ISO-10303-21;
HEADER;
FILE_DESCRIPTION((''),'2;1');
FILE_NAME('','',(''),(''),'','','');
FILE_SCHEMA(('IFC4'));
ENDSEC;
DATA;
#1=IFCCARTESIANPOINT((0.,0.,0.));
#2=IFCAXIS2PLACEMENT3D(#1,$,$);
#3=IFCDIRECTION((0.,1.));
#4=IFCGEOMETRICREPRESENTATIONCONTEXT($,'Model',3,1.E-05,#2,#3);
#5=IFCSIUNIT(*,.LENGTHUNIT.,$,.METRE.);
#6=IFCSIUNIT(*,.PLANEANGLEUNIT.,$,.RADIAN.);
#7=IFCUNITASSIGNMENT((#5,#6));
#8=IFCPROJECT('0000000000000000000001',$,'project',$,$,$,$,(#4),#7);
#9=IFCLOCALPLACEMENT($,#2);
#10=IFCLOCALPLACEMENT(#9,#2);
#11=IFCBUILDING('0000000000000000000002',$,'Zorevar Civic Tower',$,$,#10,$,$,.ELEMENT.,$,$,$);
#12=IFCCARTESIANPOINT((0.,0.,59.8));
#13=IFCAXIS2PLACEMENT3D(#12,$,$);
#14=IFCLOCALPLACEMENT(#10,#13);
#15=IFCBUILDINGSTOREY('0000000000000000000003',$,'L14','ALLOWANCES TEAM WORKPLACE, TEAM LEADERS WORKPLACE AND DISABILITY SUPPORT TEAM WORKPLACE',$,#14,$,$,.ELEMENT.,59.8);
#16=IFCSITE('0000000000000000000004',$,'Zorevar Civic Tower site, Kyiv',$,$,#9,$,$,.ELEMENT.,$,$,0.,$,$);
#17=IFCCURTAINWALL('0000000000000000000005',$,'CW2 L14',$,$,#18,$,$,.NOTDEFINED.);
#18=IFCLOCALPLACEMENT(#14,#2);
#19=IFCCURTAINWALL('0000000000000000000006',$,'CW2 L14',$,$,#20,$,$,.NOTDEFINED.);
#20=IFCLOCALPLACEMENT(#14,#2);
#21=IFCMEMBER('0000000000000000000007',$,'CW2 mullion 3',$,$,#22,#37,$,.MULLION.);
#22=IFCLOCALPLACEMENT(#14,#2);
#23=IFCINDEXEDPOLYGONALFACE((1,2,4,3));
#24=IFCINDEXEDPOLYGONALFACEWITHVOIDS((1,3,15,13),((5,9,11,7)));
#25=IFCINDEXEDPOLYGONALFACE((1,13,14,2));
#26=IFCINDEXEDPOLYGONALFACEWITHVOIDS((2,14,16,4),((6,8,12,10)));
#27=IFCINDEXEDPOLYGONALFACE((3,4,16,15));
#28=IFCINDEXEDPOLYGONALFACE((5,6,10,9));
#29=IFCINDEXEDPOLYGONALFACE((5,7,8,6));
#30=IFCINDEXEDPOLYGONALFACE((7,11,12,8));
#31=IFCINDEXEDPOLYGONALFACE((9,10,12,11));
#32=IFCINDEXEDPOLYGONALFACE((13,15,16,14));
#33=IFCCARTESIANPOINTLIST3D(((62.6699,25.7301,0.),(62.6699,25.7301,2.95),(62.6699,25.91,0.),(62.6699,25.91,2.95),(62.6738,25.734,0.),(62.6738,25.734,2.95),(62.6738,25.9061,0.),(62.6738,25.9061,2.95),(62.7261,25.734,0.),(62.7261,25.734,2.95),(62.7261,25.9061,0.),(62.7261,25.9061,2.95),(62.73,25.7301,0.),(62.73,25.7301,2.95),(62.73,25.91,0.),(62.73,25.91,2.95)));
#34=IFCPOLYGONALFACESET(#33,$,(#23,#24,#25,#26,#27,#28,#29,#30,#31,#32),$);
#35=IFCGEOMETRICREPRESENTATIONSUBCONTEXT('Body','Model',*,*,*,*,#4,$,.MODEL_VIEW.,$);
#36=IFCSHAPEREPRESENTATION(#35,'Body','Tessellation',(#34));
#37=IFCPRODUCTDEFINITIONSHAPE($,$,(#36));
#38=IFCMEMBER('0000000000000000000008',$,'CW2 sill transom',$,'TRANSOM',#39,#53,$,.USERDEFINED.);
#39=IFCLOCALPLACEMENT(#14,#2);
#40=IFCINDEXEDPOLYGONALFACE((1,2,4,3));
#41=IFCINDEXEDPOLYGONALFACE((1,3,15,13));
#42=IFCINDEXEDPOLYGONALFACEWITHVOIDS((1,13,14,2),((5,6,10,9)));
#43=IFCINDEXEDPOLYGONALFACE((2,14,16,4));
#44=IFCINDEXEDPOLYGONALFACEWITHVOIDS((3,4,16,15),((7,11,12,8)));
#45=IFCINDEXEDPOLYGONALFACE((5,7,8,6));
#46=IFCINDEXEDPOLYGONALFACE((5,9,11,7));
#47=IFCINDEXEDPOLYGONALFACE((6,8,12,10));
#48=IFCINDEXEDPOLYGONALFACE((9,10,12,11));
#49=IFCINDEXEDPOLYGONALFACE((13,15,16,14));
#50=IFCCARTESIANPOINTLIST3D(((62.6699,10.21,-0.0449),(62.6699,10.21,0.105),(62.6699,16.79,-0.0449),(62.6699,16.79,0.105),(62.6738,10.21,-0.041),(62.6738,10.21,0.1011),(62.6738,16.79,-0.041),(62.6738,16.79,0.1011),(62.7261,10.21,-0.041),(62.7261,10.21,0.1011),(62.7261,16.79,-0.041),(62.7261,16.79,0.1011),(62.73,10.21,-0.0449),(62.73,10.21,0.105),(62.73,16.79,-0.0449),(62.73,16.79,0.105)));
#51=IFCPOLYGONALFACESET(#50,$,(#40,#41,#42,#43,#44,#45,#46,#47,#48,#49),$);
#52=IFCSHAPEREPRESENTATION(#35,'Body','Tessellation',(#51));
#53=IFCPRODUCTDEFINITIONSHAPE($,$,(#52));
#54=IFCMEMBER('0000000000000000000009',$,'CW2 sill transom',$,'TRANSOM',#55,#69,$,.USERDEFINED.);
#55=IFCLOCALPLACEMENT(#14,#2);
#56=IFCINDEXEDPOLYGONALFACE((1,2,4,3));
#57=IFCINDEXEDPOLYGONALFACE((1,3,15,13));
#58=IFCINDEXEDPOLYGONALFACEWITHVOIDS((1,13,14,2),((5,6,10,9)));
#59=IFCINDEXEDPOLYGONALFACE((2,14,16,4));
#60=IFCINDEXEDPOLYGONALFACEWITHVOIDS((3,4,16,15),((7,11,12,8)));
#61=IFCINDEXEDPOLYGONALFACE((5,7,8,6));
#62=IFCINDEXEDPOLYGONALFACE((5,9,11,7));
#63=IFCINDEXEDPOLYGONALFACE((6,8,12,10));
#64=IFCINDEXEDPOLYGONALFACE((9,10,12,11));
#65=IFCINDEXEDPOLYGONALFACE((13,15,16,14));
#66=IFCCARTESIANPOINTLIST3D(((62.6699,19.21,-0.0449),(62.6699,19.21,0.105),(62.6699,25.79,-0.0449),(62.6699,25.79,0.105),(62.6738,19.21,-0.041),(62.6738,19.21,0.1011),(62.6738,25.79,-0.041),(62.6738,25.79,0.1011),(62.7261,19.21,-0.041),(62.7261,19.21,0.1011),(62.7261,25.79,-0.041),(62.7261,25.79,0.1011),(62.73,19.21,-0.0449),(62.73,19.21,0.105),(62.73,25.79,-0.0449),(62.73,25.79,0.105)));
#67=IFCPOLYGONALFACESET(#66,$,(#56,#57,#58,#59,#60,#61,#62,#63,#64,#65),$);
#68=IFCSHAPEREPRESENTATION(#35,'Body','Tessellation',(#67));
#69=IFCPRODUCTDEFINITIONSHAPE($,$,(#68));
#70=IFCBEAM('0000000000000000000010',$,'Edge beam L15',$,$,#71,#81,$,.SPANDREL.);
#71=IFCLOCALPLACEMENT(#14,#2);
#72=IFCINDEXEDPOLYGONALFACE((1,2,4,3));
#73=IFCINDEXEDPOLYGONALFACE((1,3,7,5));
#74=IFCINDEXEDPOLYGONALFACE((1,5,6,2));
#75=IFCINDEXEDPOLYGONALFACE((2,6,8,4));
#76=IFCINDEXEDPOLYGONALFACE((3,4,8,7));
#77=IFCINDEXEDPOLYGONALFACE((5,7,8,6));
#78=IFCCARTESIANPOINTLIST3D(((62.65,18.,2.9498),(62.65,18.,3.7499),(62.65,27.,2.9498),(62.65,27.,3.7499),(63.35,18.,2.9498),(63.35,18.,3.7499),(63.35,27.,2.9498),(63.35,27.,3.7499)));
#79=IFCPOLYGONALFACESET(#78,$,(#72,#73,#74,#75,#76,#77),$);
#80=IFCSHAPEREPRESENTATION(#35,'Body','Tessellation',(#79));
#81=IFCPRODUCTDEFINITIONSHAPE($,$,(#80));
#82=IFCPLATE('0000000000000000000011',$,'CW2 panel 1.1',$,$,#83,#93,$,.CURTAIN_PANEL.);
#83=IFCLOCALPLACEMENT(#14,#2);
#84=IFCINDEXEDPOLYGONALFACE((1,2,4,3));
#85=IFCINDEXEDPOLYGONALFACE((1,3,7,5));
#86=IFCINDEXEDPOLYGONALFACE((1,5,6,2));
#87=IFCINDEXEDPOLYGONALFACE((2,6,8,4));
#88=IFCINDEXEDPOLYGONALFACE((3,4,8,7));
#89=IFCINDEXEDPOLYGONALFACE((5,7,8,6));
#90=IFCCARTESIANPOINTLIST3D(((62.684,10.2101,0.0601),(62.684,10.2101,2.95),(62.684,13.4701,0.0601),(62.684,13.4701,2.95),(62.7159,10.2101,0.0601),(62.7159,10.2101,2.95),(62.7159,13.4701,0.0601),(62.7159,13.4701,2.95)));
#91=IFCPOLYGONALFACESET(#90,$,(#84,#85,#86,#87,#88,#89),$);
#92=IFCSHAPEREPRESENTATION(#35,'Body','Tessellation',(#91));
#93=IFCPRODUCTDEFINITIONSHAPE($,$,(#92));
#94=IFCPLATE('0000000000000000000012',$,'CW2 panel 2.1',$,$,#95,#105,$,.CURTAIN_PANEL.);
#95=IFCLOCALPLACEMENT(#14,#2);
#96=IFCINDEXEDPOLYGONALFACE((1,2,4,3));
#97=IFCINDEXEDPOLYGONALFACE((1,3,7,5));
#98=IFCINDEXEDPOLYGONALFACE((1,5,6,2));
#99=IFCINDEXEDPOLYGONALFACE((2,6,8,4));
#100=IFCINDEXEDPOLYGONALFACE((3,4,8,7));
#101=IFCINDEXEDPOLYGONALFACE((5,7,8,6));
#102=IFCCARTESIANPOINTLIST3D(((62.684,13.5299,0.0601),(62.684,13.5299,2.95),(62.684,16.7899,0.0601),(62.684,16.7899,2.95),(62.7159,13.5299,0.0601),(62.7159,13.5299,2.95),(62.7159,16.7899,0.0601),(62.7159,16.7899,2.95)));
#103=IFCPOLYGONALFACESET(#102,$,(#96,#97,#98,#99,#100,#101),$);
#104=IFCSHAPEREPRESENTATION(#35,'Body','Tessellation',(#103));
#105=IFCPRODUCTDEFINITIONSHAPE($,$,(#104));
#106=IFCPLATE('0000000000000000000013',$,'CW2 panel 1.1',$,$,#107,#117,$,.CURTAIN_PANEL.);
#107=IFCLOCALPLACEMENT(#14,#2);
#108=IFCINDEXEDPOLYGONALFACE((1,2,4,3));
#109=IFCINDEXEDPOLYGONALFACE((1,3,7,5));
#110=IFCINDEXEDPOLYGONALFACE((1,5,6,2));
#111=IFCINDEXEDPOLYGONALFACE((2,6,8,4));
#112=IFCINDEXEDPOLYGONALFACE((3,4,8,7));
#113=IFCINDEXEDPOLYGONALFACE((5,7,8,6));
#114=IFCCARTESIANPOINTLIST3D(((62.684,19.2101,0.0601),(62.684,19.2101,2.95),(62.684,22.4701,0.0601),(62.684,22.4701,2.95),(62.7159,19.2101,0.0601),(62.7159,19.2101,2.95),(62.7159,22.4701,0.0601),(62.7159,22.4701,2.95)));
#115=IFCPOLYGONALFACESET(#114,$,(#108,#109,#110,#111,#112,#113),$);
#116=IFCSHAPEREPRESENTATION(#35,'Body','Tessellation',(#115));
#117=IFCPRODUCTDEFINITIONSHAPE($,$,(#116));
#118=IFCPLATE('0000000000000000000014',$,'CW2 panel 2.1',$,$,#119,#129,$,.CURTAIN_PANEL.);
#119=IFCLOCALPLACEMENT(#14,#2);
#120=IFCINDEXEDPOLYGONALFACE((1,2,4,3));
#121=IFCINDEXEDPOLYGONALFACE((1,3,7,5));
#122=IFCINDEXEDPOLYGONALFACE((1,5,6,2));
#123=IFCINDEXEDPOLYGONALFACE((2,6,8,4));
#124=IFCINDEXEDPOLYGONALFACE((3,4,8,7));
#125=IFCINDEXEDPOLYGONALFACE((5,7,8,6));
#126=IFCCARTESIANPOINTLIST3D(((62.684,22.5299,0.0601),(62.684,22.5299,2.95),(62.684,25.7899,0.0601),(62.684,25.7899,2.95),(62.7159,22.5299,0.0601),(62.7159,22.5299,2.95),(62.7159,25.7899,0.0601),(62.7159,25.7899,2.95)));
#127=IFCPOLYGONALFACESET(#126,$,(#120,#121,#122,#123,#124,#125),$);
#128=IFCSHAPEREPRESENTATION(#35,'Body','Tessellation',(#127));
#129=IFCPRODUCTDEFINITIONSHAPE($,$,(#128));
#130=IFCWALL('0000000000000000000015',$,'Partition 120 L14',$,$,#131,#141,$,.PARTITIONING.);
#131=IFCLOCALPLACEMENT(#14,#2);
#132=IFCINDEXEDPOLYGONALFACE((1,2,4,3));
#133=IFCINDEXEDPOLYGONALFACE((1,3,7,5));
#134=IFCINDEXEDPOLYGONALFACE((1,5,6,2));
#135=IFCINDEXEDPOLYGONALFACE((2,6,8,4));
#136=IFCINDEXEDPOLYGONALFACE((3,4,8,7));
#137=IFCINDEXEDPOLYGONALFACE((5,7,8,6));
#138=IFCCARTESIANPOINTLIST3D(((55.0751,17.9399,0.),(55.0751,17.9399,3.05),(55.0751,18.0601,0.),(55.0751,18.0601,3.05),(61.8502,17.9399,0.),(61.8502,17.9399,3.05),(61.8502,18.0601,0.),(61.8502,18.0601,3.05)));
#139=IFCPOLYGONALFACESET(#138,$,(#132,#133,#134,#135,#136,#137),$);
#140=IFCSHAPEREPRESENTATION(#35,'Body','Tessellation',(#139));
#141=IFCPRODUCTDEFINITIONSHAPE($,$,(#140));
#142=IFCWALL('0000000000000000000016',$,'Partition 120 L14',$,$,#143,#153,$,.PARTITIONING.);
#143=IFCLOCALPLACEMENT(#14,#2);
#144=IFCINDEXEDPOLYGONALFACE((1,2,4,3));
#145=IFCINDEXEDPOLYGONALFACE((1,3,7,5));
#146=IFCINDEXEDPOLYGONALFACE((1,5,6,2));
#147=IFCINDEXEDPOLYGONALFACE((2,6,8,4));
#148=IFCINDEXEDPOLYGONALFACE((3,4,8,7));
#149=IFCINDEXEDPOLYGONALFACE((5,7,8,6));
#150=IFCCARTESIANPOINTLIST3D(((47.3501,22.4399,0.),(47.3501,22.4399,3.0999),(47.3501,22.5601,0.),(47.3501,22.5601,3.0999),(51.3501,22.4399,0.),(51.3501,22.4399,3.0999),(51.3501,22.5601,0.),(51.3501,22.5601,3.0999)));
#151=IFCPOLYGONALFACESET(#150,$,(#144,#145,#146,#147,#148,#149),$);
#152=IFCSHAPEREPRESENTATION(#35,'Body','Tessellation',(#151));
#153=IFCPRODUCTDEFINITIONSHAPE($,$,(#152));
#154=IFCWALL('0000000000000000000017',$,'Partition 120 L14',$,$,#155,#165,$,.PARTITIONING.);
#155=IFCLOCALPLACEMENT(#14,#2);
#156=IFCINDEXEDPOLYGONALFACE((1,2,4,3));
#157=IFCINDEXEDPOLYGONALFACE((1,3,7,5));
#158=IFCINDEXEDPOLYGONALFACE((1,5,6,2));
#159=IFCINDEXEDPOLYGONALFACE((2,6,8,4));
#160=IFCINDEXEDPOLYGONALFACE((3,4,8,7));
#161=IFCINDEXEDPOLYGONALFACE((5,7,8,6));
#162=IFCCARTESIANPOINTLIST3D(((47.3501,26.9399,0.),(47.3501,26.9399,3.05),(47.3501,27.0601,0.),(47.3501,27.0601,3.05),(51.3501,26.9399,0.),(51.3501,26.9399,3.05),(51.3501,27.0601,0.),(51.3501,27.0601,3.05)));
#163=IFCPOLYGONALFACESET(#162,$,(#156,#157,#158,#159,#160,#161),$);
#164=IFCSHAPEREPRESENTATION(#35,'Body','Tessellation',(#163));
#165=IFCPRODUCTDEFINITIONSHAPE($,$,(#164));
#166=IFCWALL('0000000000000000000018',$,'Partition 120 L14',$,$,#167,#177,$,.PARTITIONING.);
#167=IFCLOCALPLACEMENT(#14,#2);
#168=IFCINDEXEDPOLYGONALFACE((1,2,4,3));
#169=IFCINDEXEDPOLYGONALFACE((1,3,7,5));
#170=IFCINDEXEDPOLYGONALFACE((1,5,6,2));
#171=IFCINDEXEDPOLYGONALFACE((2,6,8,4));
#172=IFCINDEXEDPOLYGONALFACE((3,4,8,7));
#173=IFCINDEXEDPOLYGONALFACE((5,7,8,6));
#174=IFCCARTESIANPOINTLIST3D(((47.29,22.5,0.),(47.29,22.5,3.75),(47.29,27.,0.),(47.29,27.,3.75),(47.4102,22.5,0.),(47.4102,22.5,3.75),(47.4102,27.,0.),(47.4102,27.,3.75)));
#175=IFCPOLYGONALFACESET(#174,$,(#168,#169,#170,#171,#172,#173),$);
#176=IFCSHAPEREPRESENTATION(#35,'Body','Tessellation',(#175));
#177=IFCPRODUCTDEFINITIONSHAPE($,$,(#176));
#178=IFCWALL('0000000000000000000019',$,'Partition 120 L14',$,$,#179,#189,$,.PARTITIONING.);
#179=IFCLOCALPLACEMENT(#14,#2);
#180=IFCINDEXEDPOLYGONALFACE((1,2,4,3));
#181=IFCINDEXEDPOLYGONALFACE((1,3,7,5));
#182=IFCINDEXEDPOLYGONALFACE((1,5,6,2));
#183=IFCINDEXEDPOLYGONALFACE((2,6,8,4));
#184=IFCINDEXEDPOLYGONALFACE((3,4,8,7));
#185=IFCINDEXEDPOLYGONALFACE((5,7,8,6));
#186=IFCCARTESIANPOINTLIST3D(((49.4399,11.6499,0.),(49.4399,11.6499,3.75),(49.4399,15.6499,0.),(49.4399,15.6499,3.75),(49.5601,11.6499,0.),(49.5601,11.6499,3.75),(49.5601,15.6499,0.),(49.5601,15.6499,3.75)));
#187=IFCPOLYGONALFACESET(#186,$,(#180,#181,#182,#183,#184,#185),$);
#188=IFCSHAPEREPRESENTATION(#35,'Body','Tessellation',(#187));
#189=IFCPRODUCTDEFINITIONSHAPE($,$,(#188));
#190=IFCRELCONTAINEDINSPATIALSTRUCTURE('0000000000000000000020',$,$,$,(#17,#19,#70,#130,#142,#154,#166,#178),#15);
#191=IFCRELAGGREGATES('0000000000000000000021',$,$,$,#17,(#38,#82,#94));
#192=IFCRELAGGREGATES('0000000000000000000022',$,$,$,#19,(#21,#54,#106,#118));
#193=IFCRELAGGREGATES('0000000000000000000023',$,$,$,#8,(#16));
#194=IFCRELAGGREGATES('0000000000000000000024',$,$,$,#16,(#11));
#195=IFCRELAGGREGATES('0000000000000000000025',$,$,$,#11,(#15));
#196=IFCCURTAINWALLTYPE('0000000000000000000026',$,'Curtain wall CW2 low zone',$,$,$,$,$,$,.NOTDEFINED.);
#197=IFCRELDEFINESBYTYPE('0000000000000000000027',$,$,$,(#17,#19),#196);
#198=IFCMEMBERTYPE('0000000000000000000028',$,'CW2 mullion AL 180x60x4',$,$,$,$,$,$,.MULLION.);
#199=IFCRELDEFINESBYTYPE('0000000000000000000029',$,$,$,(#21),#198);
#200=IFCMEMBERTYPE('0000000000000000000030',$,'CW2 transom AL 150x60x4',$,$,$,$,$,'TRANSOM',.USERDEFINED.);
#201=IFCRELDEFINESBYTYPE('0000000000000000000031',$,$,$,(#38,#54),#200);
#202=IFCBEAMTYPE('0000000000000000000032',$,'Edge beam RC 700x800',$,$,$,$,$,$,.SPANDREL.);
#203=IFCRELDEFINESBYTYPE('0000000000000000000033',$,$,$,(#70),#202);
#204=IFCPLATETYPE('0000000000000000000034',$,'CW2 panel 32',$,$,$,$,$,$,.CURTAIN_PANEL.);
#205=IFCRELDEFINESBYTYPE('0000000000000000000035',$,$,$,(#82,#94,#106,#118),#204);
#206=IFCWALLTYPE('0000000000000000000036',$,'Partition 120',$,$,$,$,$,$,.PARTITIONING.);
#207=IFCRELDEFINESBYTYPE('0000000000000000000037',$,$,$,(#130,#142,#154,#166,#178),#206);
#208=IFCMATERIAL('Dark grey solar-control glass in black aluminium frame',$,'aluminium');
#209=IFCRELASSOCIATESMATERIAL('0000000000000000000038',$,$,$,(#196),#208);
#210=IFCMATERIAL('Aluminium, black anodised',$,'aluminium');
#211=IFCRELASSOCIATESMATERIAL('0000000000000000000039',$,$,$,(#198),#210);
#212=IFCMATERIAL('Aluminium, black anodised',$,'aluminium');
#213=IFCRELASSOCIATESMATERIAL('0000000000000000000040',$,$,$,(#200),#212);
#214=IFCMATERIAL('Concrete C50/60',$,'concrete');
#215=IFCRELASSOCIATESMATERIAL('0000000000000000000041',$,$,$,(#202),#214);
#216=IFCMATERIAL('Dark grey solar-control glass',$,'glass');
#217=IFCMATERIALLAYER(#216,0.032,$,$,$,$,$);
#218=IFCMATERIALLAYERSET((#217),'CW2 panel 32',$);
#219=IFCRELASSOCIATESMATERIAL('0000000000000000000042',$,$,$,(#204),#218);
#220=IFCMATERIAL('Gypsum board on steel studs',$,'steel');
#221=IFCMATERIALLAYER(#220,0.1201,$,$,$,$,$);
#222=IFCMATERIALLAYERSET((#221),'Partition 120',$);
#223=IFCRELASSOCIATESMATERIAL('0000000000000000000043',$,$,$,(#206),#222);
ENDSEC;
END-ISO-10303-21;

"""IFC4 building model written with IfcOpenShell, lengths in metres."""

from ifc_helpers import new_model, si_unit, direction, frame, frame_2d, origin, origin_2d, place, context, subcontext, project, spatial, rectangle, hollow_rectangle, extrude, material, layer, layer_set, material_profile, profile_set, type_object, element, aggregate, save


model = new_model("IFC4")

# Units and contexts
model_context = context("Model", 3, precision=1e-05, world=origin(), true_north=direction((0.0, 1.0)))
body_context = subcontext(model_context, "Body", "Model", "MODEL_VIEW")
ifc_project = project(units=[si_unit("LENGTHUNIT", "METRE"), si_unit("PLANEANGLEUNIT", "RADIAN")], contexts=[model_context])

# Site, building, storey
site_placement = place(None, origin())
site = spatial("IfcSite", under=ifc_project, at=site_placement, Name="Zorevar Civic Tower site, Kyiv", CompositionType="ELEMENT", RefElevation=0.0)
building_placement = place(site_placement, origin())
building = spatial("IfcBuilding", under=site, at=building_placement, Name="Zorevar Civic Tower", CompositionType="ELEMENT")
storey_placement = place(building_placement, frame((0.0, 0.0, 59.8)))
storey = spatial("IfcBuildingStorey", under=building, at=storey_placement, Name="L14", Description="ALLOWANCES TEAM WORKPLACE, TEAM LEADERS WORKPLACE AND DISABILITY SUPPORT TEAM WORKPLACE", CompositionType="ELEMENT", Elevation=59.8)

# Curtain walls, member
ifc_material_1 = material(Name="Dark grey solar-control glass in black aluminium frame", Category="aluminium")
curtain_wall_type = type_object("IfcCurtainWallType", Name="Curtain wall CW2 low zone", PredefinedType="NOTDEFINED", material=ifc_material_1)
curtain_wall_1_placement = place(storey_placement, origin())
curtain_wall_1 = element("IfcCurtainWall", 1, at=curtain_wall_1_placement, inside=storey, type_object=curtain_wall_type, Name="CW2 L14", PredefinedType="NOTDEFINED")
ifc_material_2 = material(Name="Aluminium, black anodised", Category="aluminium")
ifc_material_profile_1 = material_profile(ifc_material_2, hollow_rectangle(XDim=0.0601, YDim=0.1799, WallThickness=0.0039, at=origin_2d()), Name="AL 180x60x4")
ifc_profile_set_1 = profile_set([ifc_material_profile_1], Name="Aluminium, black anodised")
member_type_1 = type_object("IfcMemberType", Name="CW2 mullion AL 180x60x4", PredefinedType="MULLION", material=ifc_profile_set_1)
curtain_wall_2_placement = place(storey_placement, origin())
curtain_wall_2 = element("IfcCurtainWall", 2, at=curtain_wall_2_placement, inside=storey, type_object=curtain_wall_type, Name="CW2 L14", PredefinedType="NOTDEFINED")
member_1_placement = place(storey_placement, frame((62.7, 25.8201, 0.0), z_axis=(0.0, 0.0, 1.0), x_axis=(-1.0, 0.0, 0.0)))
member_1 = element("IfcMember", 3, at=member_1_placement, type_object=member_type_1, Name="CW2 mullion 3", PredefinedType="MULLION", context=body_context, shape_type="SweptSolid", body=[
    extrude(hollow_rectangle(XDim=0.0601, YDim=0.1799, WallThickness=0.0039, at=origin_2d()), origin(), (0.0, 0.0, 1.0), 2.95),
])

# Members
ifc_material_3 = material(Name="Aluminium, black anodised", Category="aluminium")
ifc_material_profile_2 = material_profile(ifc_material_3, hollow_rectangle(XDim=0.0601, YDim=0.1499, WallThickness=0.0039, at=origin_2d()), Name="AL 150x60x4")
ifc_profile_set_2 = profile_set([ifc_material_profile_2], Name="Aluminium, black anodised")
member_type_2 = type_object("IfcMemberType", Name="CW2 transom AL 150x60x4", ElementType="TRANSOM", PredefinedType="USERDEFINED", material=ifc_profile_set_2)
member_2_placement = place(storey_placement, frame((62.7, 10.21, 0.03), z_axis=(0.0, 1.0, 0.0), x_axis=(-1.0, 0.0, 0.0)))
member_2 = element("IfcMember", 4, at=member_2_placement, type_object=member_type_2, Name="CW2 sill transom", ObjectType="TRANSOM", PredefinedType="USERDEFINED", context=body_context, shape_type="SweptSolid", body=[
    extrude(hollow_rectangle(XDim=0.0601, YDim=0.1499, WallThickness=0.0039, at=origin_2d()), origin(), (0.0, 0.0, 1.0), 6.5801),
])
member_3_placement = place(storey_placement, frame((62.7, 19.21, 0.03), z_axis=(0.0, 1.0, 0.0), x_axis=(-1.0, 0.0, 0.0)))
member_3 = element("IfcMember", 5, at=member_3_placement, type_object=member_type_2, Name="CW2 sill transom", ObjectType="TRANSOM", PredefinedType="USERDEFINED", context=body_context, shape_type="SweptSolid", body=[
    extrude(hollow_rectangle(XDim=0.0601, YDim=0.1499, WallThickness=0.0039, at=origin_2d()), origin(), (0.0, 0.0, 1.0), 6.5801),
])

# Beam
ifc_material_4 = material(Name="Concrete C50/60", Category="concrete")
ifc_material_profile_3 = material_profile(ifc_material_4, rectangle(XDim=0.7, YDim=0.8, at=origin_2d()), Name="RC 700x800")
ifc_profile_set_3 = profile_set([ifc_material_profile_3], Name="Concrete C50/60")
beam_type_1 = type_object("IfcBeamType", Name="Edge beam RC 700x800", PredefinedType="SPANDREL", material=ifc_profile_set_3)
beam_placement = place(storey_placement, frame((63.0, 18.0, 3.3499), z_axis=(0.0, 1.0, 0.0), x_axis=(-1.0, 0.0, 0.0)))
element("IfcBeam", 6, at=beam_placement, inside=storey, type_object=beam_type_1, Name="Edge beam L15", PredefinedType="SPANDREL", context=body_context, shape_type="SweptSolid", body=[
    extrude(rectangle(XDim=0.7, YDim=0.8, at=origin_2d()), origin(), (0.0, 0.0, 1.0), 9.0),
])

# Plates
ifc_material_5 = material(Name="Dark grey solar-control glass", Category="glass")
ifc_layer_1 = layer(ifc_material_5, 0.032)
ifc_layer_set_1 = layer_set([ifc_layer_1], Name="CW2 panel 32")
plate_type = type_object("IfcPlateType", Name="CW2 panel 32", PredefinedType="CURTAIN_PANEL", material=ifc_layer_set_1)
plate_1_placement = place(storey_placement, frame((62.7, 11.8401, 0.0601), z_axis=(0.0, 0.0, 1.0), x_axis=(0.0, 1.0, 0.0)))
plate_1 = element("IfcPlate", 7, at=plate_1_placement, type_object=plate_type, Name="CW2 panel 1.1", PredefinedType="CURTAIN_PANEL", context=body_context, shape_type="SweptSolid", body=[
    extrude(rectangle(XDim=3.26, YDim=0.032, at=origin_2d()), origin(), (0.0, 0.0, 1.0), 2.8899),
])
plate_2_placement = place(storey_placement, frame((62.7, 15.1599, 0.0601), z_axis=(0.0, 0.0, 1.0), x_axis=(0.0, 1.0, 0.0)))
plate_2 = element("IfcPlate", 8, at=plate_2_placement, type_object=plate_type, Name="CW2 panel 2.1", PredefinedType="CURTAIN_PANEL", context=body_context, shape_type="SweptSolid", body=[
    extrude(rectangle(XDim=3.26, YDim=0.032, at=origin_2d()), origin(), (0.0, 0.0, 1.0), 2.8899),
])
aggregate(curtain_wall_1, [member_2, plate_1, plate_2])
plate_3_placement = place(storey_placement, frame((62.7, 20.8401, 0.0601), z_axis=(0.0, 0.0, 1.0), x_axis=(0.0, 1.0, 0.0)))
plate_3 = element("IfcPlate", 9, at=plate_3_placement, type_object=plate_type, Name="CW2 panel 1.1", PredefinedType="CURTAIN_PANEL", context=body_context, shape_type="SweptSolid", body=[
    extrude(rectangle(XDim=3.26, YDim=0.032, at=origin_2d()), origin(), (0.0, 0.0, 1.0), 2.8899),
])
plate_4_placement = place(storey_placement, frame((62.7, 24.1599, 0.0601), z_axis=(0.0, 0.0, 1.0), x_axis=(0.0, 1.0, 0.0)))
plate_4 = element("IfcPlate", 10, at=plate_4_placement, type_object=plate_type, Name="CW2 panel 2.1", PredefinedType="CURTAIN_PANEL", context=body_context, shape_type="SweptSolid", body=[
    extrude(rectangle(XDim=3.26, YDim=0.032, at=origin_2d()), origin(), (0.0, 0.0, 1.0), 2.8899),
])
aggregate(curtain_wall_2, [member_1, member_3, plate_3, plate_4])

# Walls
ifc_material_6 = material(Name="Gypsum board on steel studs", Category="steel")
ifc_layer_2 = layer(ifc_material_6, 0.1201)
ifc_layer_set_2 = layer_set([ifc_layer_2], Name="Partition 120")
wall_type = type_object("IfcWallType", Name="Partition 120", PredefinedType="PARTITIONING", material=ifc_layer_set_2)
wall_1_placement = place(storey_placement, frame((55.075, 18.0, 0.0), z_axis=(0.0, 0.0, 1.0), x_axis=(1.0, 0.0, 0.0)))
element("IfcWall", 11, at=wall_1_placement, inside=storey, type_object=wall_type, Name="Partition 120 L14", PredefinedType="PARTITIONING", context=body_context, shape_type="SweptSolid", body=[
    extrude(rectangle(XDim=6.7751, YDim=0.1201, at=frame_2d((3.3877, 0.0))), origin(), (0.0, 0.0, 1.0), 3.05),
])
wall_2_placement = place(storey_placement, frame((47.3501, 22.5, 0.0), z_axis=(0.0, 0.0, 1.0), x_axis=(1.0, 0.0, 0.0)))
element("IfcWall", 12, at=wall_2_placement, inside=storey, type_object=wall_type, Name="Partition 120 L14", PredefinedType="PARTITIONING", context=body_context, shape_type="SweptSolid", body=[
    extrude(rectangle(XDim=4.0, YDim=0.1201, at=frame_2d((2.0, 0.0))), origin(), (0.0, 0.0, 1.0), 3.0999),
])
wall_3_placement = place(storey_placement, frame((47.3501, 27.0, 0.0), z_axis=(0.0, 0.0, 1.0), x_axis=(1.0, 0.0, 0.0)))
element("IfcWall", 13, at=wall_3_placement, inside=storey, type_object=wall_type, Name="Partition 120 L14", PredefinedType="PARTITIONING", context=body_context, shape_type="SweptSolid", body=[
    extrude(rectangle(XDim=4.0, YDim=0.1201, at=frame_2d((2.0, 0.0))), origin(), (0.0, 0.0, 1.0), 3.05),
])
wall_4_placement = place(storey_placement, frame((47.3501, 22.5, 0.0), z_axis=(0.0, 0.0, 1.0), x_axis=(0.0, 1.0, 0.0)))
element("IfcWall", 14, at=wall_4_placement, inside=storey, type_object=wall_type, Name="Partition 120 L14", PredefinedType="PARTITIONING", context=body_context, shape_type="SweptSolid", body=[
    extrude(rectangle(XDim=4.5, YDim=0.1201, at=frame_2d((2.25, 0.0))), origin(), (0.0, 0.0, 1.0), 3.75),
])
wall_5_placement = place(storey_placement, frame((49.5, 11.6499, 0.0), z_axis=(0.0, 0.0, 1.0), x_axis=(0.0, 1.0, 0.0)))
element("IfcWall", 15, at=wall_5_placement, inside=storey, type_object=wall_type, Name="Partition 120 L14", PredefinedType="PARTITIONING", context=body_context, shape_type="SweptSolid", body=[
    extrude(rectangle(XDim=4.0, YDim=0.1201, at=frame_2d((2.0, 0.0))), origin(), (0.0, 0.0, 1.0), 3.75),
])

save(model, "model.ifc")
